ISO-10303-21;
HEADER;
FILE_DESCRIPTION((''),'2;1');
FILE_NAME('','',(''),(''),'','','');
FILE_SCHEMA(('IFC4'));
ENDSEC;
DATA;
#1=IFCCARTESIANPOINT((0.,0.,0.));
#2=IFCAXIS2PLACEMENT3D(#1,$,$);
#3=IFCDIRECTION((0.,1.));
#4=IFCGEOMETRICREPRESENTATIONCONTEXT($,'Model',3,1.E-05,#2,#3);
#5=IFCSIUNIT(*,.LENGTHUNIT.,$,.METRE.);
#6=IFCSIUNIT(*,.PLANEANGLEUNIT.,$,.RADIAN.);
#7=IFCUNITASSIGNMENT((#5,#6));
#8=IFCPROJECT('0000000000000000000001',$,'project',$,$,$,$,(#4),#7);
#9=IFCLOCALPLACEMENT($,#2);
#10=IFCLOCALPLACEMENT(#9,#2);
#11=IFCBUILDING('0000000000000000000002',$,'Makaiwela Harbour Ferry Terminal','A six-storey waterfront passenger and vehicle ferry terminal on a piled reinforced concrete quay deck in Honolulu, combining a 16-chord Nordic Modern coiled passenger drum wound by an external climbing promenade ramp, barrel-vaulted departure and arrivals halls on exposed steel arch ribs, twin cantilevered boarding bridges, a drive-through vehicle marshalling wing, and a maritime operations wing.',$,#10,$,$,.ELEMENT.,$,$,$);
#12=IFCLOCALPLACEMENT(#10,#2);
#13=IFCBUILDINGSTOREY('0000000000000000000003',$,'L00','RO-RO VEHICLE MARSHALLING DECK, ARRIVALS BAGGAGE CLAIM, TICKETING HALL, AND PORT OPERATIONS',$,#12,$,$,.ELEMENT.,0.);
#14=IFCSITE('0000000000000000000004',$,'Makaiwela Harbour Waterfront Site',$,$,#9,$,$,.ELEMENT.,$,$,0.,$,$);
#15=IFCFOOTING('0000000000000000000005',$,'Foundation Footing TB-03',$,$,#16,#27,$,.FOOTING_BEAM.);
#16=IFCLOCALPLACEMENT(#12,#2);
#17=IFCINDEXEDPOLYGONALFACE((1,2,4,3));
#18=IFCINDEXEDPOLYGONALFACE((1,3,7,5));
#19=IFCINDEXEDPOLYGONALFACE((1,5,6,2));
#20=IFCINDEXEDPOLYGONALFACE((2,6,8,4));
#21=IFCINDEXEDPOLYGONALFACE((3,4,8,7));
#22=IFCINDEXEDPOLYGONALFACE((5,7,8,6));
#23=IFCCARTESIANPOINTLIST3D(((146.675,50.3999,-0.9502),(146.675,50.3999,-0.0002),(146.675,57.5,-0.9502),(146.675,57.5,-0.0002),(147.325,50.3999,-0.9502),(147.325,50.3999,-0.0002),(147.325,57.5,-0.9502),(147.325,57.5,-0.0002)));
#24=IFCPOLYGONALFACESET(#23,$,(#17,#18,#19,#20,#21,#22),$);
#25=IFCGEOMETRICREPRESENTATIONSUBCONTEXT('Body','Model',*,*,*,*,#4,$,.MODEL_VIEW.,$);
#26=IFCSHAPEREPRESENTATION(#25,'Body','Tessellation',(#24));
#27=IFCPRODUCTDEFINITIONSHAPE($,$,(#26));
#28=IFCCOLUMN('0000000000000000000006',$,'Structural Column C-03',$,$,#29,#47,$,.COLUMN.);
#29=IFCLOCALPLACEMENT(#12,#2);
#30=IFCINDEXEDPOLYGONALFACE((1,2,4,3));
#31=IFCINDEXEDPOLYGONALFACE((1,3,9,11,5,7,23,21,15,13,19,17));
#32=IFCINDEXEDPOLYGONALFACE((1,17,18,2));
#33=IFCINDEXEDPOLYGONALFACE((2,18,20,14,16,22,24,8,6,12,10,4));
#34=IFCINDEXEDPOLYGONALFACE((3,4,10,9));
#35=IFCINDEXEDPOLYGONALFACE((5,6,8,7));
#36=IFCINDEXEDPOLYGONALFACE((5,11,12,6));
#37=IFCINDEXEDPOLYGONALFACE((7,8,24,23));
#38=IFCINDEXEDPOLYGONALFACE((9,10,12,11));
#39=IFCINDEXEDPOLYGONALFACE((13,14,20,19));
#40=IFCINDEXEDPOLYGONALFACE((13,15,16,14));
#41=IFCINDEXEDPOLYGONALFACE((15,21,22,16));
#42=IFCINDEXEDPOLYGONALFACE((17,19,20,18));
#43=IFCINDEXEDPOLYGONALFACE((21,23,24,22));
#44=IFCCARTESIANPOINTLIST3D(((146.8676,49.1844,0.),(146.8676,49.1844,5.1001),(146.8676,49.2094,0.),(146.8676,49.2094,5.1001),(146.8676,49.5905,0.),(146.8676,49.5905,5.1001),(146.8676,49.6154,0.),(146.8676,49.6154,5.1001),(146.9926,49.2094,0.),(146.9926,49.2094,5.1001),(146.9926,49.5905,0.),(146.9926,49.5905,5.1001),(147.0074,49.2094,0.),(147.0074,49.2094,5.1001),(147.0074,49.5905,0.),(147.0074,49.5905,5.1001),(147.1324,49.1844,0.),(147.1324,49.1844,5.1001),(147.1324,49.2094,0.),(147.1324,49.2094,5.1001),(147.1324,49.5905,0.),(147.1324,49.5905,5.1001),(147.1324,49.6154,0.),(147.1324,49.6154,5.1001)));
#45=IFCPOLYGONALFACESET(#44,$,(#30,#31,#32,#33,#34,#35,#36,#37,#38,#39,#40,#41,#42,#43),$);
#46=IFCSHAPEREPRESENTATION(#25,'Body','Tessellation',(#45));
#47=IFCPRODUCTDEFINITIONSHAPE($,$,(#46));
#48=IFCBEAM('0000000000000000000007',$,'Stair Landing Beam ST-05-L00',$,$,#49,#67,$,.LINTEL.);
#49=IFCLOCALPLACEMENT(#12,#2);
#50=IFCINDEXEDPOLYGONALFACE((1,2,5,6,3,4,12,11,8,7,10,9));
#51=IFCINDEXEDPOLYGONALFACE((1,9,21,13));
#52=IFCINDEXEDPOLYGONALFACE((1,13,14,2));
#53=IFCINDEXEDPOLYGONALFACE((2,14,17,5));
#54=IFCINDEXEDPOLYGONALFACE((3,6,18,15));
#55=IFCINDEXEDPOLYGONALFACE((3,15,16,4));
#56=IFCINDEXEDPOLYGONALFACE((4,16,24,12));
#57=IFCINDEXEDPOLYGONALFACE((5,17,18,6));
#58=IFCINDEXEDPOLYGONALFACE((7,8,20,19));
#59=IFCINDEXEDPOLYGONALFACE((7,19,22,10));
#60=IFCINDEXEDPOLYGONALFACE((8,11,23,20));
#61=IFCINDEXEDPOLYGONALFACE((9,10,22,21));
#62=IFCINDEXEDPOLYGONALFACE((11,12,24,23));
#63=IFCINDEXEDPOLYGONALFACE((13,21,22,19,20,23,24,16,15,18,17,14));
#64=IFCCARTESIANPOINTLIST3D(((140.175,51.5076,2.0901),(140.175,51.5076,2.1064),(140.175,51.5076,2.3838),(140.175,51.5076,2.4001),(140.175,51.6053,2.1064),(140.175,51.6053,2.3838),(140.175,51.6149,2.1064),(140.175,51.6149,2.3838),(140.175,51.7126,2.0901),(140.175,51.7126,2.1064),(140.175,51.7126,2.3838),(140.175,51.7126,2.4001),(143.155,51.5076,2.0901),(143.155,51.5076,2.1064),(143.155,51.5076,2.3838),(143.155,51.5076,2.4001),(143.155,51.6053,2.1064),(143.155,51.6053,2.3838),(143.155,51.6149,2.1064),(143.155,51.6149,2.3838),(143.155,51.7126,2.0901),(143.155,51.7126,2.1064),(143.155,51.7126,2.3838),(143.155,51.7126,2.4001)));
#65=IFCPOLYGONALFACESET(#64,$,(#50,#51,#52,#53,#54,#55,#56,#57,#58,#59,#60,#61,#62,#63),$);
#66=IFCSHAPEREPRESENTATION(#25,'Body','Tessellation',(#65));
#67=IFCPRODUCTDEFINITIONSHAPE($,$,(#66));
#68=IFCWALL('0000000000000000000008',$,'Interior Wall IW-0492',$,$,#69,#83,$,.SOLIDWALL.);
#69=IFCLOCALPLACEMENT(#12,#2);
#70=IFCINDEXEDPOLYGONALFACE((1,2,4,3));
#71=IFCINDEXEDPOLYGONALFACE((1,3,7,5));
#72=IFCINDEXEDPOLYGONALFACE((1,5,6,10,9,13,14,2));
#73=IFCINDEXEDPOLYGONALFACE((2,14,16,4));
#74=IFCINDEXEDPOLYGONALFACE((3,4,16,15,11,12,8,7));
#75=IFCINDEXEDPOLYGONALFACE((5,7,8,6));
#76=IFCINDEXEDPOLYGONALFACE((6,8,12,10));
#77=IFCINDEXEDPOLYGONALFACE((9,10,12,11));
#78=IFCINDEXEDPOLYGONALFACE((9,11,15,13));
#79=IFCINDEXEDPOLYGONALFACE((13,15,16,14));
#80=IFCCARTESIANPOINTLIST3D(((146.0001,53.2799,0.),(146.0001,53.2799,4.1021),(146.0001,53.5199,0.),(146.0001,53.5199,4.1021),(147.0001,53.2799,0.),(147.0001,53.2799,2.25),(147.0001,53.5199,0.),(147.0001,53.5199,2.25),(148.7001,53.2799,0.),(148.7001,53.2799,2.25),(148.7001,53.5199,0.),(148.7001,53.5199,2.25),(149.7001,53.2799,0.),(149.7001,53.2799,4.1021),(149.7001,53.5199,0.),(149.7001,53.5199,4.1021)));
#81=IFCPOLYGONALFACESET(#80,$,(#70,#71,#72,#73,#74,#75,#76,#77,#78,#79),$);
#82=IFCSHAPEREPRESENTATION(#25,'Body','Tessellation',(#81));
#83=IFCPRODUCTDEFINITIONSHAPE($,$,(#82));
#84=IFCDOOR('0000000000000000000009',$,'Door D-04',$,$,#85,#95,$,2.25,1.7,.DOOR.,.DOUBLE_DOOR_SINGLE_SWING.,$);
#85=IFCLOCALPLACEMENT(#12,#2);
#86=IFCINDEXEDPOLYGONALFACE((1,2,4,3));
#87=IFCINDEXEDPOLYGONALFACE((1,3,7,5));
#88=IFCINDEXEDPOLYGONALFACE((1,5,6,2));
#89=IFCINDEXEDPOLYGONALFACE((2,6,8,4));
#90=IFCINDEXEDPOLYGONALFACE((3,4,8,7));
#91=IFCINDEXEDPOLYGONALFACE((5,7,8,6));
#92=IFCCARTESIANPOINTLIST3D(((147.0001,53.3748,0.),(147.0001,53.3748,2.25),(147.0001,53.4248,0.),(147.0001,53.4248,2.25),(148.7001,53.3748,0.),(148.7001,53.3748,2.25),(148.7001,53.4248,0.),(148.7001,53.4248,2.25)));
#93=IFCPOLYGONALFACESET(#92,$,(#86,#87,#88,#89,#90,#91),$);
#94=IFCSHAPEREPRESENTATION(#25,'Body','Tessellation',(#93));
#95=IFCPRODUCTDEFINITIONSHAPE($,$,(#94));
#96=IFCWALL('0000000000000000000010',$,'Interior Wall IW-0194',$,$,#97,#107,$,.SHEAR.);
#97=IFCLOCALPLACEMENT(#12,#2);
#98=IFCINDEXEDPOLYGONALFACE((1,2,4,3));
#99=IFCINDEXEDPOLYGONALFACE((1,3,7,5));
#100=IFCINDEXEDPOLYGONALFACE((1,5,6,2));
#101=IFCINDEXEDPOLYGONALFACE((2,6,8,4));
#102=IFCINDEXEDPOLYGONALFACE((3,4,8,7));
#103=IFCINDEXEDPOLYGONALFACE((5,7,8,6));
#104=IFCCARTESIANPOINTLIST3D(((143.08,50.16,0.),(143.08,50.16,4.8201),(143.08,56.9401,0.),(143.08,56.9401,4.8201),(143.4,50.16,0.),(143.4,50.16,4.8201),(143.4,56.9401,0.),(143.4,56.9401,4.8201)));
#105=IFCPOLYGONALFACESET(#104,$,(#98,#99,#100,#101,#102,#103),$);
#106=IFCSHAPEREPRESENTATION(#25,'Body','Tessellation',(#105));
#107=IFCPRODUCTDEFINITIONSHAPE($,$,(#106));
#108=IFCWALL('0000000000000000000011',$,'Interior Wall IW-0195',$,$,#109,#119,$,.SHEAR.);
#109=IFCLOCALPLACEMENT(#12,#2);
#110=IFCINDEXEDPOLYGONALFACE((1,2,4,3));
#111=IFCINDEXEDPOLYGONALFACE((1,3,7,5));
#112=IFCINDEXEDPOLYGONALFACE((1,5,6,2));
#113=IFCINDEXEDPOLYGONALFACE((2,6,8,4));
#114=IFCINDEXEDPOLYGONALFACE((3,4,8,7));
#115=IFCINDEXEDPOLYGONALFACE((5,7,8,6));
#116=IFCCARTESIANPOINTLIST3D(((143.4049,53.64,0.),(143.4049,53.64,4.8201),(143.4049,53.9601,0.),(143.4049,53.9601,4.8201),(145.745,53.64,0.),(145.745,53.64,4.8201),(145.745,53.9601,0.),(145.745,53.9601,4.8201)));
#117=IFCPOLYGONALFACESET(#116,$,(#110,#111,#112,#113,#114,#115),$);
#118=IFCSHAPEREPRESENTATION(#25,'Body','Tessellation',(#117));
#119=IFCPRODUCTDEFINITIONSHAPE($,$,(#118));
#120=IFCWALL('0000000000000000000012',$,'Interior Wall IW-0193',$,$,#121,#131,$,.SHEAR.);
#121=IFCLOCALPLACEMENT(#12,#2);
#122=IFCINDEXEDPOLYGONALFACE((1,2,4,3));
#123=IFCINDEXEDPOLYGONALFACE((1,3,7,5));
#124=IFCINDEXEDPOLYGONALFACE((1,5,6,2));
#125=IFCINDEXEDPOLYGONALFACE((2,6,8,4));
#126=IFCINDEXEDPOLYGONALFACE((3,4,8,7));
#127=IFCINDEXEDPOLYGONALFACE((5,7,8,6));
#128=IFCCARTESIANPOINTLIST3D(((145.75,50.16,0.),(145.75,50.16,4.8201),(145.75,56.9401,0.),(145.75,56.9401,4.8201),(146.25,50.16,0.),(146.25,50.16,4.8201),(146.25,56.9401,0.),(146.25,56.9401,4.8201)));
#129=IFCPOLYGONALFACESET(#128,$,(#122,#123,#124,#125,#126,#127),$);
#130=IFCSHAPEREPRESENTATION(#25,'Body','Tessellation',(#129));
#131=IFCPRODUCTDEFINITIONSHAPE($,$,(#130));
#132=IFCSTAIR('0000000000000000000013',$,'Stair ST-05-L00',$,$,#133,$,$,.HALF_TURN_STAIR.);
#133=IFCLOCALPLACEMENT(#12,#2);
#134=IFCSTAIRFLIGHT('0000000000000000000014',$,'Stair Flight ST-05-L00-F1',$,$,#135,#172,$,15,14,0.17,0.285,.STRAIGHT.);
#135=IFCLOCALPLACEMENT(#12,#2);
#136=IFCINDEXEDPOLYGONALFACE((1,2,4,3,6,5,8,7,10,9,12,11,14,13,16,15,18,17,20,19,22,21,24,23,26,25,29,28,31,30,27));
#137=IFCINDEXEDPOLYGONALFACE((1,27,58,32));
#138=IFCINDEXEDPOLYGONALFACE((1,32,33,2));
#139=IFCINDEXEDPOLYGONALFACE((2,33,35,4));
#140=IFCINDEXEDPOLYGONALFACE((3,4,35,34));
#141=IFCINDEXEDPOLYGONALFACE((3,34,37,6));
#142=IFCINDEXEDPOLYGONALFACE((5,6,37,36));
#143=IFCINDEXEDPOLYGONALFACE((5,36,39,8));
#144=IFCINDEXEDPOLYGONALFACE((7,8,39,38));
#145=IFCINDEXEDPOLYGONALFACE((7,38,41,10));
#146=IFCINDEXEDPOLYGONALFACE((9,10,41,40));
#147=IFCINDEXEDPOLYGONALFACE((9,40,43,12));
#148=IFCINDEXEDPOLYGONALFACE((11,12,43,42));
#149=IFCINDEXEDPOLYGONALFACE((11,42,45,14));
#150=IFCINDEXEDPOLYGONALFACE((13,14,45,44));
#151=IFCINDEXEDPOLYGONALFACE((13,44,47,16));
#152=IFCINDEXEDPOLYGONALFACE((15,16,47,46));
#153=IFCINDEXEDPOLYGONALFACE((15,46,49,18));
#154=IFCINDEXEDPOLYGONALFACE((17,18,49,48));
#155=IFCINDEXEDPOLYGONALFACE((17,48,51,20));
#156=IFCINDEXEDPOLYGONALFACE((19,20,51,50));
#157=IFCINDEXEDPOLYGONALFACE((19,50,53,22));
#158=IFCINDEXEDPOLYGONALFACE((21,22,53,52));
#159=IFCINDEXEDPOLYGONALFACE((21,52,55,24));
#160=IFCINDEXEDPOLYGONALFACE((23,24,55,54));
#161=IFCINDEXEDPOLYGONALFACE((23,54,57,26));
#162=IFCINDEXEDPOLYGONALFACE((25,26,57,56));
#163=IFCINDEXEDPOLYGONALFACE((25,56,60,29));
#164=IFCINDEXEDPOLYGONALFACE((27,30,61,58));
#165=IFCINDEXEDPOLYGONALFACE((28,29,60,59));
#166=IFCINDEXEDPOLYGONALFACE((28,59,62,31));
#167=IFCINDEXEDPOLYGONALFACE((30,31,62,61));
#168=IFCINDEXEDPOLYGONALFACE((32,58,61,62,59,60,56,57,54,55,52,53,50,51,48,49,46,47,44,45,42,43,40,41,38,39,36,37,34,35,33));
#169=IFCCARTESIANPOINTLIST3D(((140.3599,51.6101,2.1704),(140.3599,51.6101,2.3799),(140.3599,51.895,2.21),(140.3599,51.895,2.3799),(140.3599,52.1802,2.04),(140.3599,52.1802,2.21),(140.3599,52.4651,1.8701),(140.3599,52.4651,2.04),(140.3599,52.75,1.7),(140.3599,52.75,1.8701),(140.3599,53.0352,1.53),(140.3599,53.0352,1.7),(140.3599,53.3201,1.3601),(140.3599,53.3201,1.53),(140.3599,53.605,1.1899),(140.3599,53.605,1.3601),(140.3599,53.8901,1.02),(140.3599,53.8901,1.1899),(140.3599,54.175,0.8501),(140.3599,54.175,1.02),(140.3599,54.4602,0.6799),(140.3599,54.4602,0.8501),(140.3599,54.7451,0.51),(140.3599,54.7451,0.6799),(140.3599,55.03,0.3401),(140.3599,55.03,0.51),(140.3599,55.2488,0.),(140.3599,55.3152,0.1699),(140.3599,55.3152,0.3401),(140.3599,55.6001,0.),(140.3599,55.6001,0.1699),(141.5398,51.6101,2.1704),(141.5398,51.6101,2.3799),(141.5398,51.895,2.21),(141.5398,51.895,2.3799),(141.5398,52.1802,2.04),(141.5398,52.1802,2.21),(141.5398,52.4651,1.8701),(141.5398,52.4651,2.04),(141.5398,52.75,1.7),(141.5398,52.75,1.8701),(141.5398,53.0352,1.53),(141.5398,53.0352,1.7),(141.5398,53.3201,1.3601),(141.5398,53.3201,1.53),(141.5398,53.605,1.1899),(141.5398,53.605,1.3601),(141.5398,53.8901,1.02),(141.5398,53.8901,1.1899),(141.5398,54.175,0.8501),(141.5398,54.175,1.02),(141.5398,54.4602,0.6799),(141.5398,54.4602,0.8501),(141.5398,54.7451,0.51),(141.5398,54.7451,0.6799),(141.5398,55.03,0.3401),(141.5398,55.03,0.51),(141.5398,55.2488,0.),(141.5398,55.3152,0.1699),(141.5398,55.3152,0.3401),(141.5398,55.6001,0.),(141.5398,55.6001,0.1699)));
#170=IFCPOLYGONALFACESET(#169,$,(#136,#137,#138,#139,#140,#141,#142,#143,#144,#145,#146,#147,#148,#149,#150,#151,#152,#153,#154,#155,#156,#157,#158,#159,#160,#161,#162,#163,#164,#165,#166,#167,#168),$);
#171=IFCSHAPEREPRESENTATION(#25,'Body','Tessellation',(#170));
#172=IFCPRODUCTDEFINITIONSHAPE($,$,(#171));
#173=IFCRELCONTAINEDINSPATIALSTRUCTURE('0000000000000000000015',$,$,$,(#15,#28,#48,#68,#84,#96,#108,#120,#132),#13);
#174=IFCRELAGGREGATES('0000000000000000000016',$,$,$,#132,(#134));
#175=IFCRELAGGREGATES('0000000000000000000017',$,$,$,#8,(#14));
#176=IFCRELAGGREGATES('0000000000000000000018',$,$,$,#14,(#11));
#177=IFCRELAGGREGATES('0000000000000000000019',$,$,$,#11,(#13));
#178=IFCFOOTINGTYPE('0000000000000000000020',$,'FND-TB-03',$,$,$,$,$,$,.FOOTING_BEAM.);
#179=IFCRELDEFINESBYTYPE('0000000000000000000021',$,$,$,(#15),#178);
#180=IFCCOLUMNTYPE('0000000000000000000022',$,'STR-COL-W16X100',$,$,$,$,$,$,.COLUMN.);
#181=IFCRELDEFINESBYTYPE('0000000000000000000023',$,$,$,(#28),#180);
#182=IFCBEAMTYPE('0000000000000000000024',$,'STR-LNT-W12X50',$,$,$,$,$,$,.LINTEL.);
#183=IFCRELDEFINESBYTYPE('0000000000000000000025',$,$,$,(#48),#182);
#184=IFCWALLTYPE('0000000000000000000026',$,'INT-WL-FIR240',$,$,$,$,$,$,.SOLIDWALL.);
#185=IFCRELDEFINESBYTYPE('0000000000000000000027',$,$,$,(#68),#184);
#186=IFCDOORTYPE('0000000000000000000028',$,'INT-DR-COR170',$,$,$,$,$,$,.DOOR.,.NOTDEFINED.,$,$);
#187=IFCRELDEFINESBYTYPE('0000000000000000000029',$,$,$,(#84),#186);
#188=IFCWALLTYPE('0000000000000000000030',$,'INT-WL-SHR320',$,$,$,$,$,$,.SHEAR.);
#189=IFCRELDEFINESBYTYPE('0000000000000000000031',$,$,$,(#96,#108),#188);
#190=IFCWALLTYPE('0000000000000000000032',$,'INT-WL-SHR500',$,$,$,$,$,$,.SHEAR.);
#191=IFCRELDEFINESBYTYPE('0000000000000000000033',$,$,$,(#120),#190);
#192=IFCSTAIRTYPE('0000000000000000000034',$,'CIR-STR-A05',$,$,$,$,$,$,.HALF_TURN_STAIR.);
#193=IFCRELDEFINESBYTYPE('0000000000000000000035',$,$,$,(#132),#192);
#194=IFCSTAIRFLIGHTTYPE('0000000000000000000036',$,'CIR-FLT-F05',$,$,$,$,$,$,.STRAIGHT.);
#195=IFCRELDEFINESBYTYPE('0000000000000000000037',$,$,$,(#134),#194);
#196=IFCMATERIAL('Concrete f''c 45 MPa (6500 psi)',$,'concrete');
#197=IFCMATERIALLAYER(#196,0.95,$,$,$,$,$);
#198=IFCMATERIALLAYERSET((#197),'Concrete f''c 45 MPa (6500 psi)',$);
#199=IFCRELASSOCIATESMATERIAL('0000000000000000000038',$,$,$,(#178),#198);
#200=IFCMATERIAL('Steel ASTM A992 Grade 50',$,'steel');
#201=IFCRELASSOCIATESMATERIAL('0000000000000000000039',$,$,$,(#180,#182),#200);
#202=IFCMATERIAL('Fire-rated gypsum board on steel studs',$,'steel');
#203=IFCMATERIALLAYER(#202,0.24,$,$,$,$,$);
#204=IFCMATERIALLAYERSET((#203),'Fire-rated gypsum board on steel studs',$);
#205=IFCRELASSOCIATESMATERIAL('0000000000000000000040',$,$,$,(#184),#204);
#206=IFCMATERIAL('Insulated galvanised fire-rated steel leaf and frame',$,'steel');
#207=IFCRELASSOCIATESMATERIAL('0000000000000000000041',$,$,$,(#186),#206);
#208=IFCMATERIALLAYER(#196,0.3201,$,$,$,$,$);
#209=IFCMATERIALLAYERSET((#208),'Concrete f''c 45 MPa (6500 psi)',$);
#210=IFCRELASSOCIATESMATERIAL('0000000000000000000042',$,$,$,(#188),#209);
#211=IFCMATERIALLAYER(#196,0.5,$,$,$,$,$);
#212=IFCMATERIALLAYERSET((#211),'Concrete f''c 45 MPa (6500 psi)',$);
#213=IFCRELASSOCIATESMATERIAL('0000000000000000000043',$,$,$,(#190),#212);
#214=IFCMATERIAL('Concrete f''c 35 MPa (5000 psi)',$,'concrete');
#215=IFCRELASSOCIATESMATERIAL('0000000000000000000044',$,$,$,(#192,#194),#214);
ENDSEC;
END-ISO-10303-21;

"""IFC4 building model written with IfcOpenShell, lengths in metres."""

from ifc_helpers import new_model, si_unit, direction, frame, frame_2d, origin, origin_2d, place, context, subcontext, project, spatial, polyline, rectangle, i_section, outline, extrude, material, layer, layer_set, material_profile, profile_set, type_object, element, fill, aggregate, save


model = new_model("IFC4")

# Units and contexts
model_context = context("Model", 3, precision=1e-05, world=origin(), true_north=direction((0.0, 1.0)))
body_context = subcontext(model_context, "Body", "Model", "MODEL_VIEW")
ifc_project = project(units=[si_unit("LENGTHUNIT", "METRE"), si_unit("PLANEANGLEUNIT", "RADIAN")], contexts=[model_context])

# Site, building, storey
site_placement = place(None, origin())
site = spatial("IfcSite", under=ifc_project, at=site_placement, Name="Makaiwela Harbour Waterfront Site", CompositionType="ELEMENT", RefElevation=0.0)
building_placement = place(site_placement, origin())
building = spatial("IfcBuilding", under=site, at=building_placement, Name="Makaiwela Harbour Ferry Terminal", Description="A six-storey waterfront passenger and vehicle ferry terminal on a piled reinforced concrete quay deck in Honolulu, combining a 16-chord Nordic Modern coiled passenger drum wound by an external climbing promenade ramp, barrel-vaulted departure and arrivals halls on exposed steel arch ribs, twin cantilevered boarding bridges, a drive-through vehicle marshalling wing, and a maritime operations wing.", CompositionType="ELEMENT")
storey_placement = place(building_placement, origin())
storey = spatial("IfcBuildingStorey", under=building, at=storey_placement, Name="L00", Description="RO-RO VEHICLE MARSHALLING DECK, ARRIVALS BAGGAGE CLAIM, TICKETING HALL, AND PORT OPERATIONS", CompositionType="ELEMENT", Elevation=0.0)

# Shared definitions
ifc_material_1 = material(Name="Concrete f'c 45 MPa (6500 psi)", Category="concrete")

# Footing
ifc_layer_1 = layer(ifc_material_1, 0.95)
ifc_layer_set_1 = layer_set([ifc_layer_1], Name="Concrete f'c 45 MPa (6500 psi)")
footing_type_1 = type_object("IfcFootingType", Name="FND-TB-03", PredefinedType="FOOTING_BEAM", material=ifc_layer_set_1)
footing_1_placement = place(storey_placement, frame((147.0, 53.95, -0.9502), z_axis=(0.0, 0.0, 1.0), x_axis=(0.0, 1.0, 0.0)))
element("IfcFooting", 1, at=footing_1_placement, inside=storey, type_object=footing_type_1, Name="Foundation Footing TB-03", PredefinedType="FOOTING_BEAM", context=body_context, shape_type="SweptSolid", body=[
    extrude(rectangle(XDim=7.1001, YDim=0.6499, at=origin_2d()), origin(), (0.0, 0.0, 1.0), 0.95),
])

# Column
ifc_material_2 = material(Name="Steel ASTM A992 Grade 50", Category="steel")
ifc_material_profile_1 = material_profile(ifc_material_2, i_section(OverallWidth=0.2649, OverallDepth=0.4309, WebThickness=0.0149, FlangeThickness=0.0249, at=origin_2d()), Name="W16X100")
ifc_profile_set_1 = profile_set([ifc_material_profile_1], Name="Steel ASTM A992 Grade 50")
column_type = type_object("IfcColumnType", Name="STR-COL-W16X100", PredefinedType="COLUMN", material=ifc_profile_set_1)
column_placement = place(storey_placement, frame((147.0, 49.3999, 0.0), z_axis=(0.0, 0.0, 1.0), x_axis=(1.0, 0.0, 0.0)))
element("IfcColumn", 2, at=column_placement, inside=storey, type_object=column_type, Name="Structural Column C-03", PredefinedType="COLUMN", context=body_context, shape_type="SweptSolid", body=[
    extrude(i_section(OverallWidth=0.2649, OverallDepth=0.4309, WebThickness=0.0149, FlangeThickness=0.0249, at=origin_2d()), origin(), (0.0, 0.0, 1.0), 5.1001),
])

# Beam
ifc_material_profile_2 = material_profile(ifc_material_2, i_section(OverallWidth=0.2051, OverallDepth=0.3101, WebThickness=0.0095, FlangeThickness=0.0164, at=origin_2d()), Name="W12X50")
ifc_profile_set_2 = profile_set([ifc_material_profile_2], Name="Steel ASTM A992 Grade 50")
beam_type = type_object("IfcBeamType", Name="STR-LNT-W12X50", PredefinedType="LINTEL", material=ifc_profile_set_2)
beam_placement = place(storey_placement, frame((140.175, 51.6101, 2.2451), z_axis=(1.0, 0.0, 0.0), x_axis=(0.0, 1.0, 0.0)))
element("IfcBeam", 3, at=beam_placement, inside=storey, type_object=beam_type, Name="Stair Landing Beam ST-05-L00", PredefinedType="LINTEL", context=body_context, shape_type="SweptSolid", body=[
    extrude(i_section(OverallWidth=0.2051, OverallDepth=0.3101, WebThickness=0.0095, FlangeThickness=0.0164, at=origin_2d()), origin(), (0.0, 0.0, 1.0), 2.98),
])

# Wall, opening, door
ifc_material_3 = material(Name="Fire-rated gypsum board on steel studs", Category="steel")
ifc_layer_2 = layer(ifc_material_3, 0.24)
ifc_layer_set_2 = layer_set([ifc_layer_2], Name="Fire-rated gypsum board on steel studs")
wall_type_1 = type_object("IfcWallType", Name="INT-WL-FIR240", PredefinedType="SOLIDWALL", material=ifc_layer_set_2)
wall_1_placement = place(storey_placement, frame((146.0, 53.3999, 0.0), z_axis=(0.0, 0.0, 1.0), x_axis=(1.0, 0.0, 0.0)))
wall_1 = element("IfcWall", 4, at=wall_1_placement, inside=storey, type_object=wall_type_1, Name="Interior Wall IW-0492", PredefinedType="SOLIDWALL", context=body_context, shape_type="SweptSolid", body=[
    extrude(rectangle(XDim=3.7, YDim=0.24, at=frame_2d((1.8501, 0.0))), origin(), (0.0, 0.0, 1.0), 4.1021),
])
opening_placement = place(wall_1_placement, frame((1.0, 0.0, 0.0)))
opening = element("IfcOpeningElement", 5, at=opening_placement, cuts=wall_1, PredefinedType="OPENING", context=body_context, shape_type="SweptSolid", body=[
    extrude(rectangle(XDim=1.7, YDim=2.25, at=frame_2d((0.8501, 1.125))), frame((0.0, 0.1299, 0.0), z_axis=(0.0, -1.0, 0.0), x_axis=(1.0, 0.0, 0.0)), (0.0, 0.0, 1.0), 0.26),
])
ifc_material_4 = material(Name="Insulated galvanised fire-rated steel leaf and frame", Category="steel")
door_type = type_object("IfcDoorType", Name="INT-DR-COR170", OperationType="NOTDEFINED", PredefinedType="DOOR", material=ifc_material_4)
door_placement = place(opening_placement, origin())
door = element("IfcDoor", 6, at=door_placement, inside=storey, type_object=door_type, Name="Door D-04", OperationType="DOUBLE_DOOR_SINGLE_SWING", OverallHeight=2.25, OverallWidth=1.7, PredefinedType="DOOR", context=body_context, shape_type="SweptSolid", body=[
    extrude(rectangle(XDim=1.7, YDim=2.25, at=frame_2d((0.8501, 1.125))), frame((0.0, 0.0249, 0.0), z_axis=(0.0, -1.0, 0.0), x_axis=(1.0, 0.0, 0.0)), (0.0, 0.0, 1.0), 0.05),
])
fill(opening, door)

# Walls
ifc_layer_3 = layer(ifc_material_1, 0.3201)
ifc_layer_set_3 = layer_set([ifc_layer_3], Name="Concrete f'c 45 MPa (6500 psi)")
wall_type_2 = type_object("IfcWallType", Name="INT-WL-SHR320", PredefinedType="SHEAR", material=ifc_layer_set_3)
wall_2_placement = place(storey_placement, frame((143.24, 50.1599, 0.0), z_axis=(0.0, 0.0, 1.0), x_axis=(0.0, 1.0, 0.0)))
element("IfcWall", 7, at=wall_2_placement, inside=storey, type_object=wall_type_2, Name="Interior Wall IW-0194", PredefinedType="SHEAR", context=body_context, shape_type="SweptSolid", body=[
    extrude(rectangle(XDim=6.78, YDim=0.3201, at=frame_2d((3.3901, 0.0))), origin(), (0.0, 0.0, 1.0), 4.8201),
])
wall_3_placement = place(storey_placement, frame((143.405, 53.8, 0.0), z_axis=(0.0, 0.0, 1.0), x_axis=(1.0, 0.0, 0.0)))
element("IfcWall", 8, at=wall_3_placement, inside=storey, type_object=wall_type_2, Name="Interior Wall IW-0195", PredefinedType="SHEAR", context=body_context, shape_type="SweptSolid", body=[
    extrude(rectangle(XDim=2.3401, YDim=0.3201, at=frame_2d((1.1699, 0.0))), origin(), (0.0, 0.0, 1.0), 4.8201),
])
ifc_layer_4 = layer(ifc_material_1, 0.5)
ifc_layer_set_4 = layer_set([ifc_layer_4], Name="Concrete f'c 45 MPa (6500 psi)")
wall_type_3 = type_object("IfcWallType", Name="INT-WL-SHR500", PredefinedType="SHEAR", material=ifc_layer_set_4)
wall_4_placement = place(storey_placement, frame((146.0, 50.1599, 0.0), z_axis=(0.0, 0.0, 1.0), x_axis=(0.0, 1.0, 0.0)))
element("IfcWall", 9, at=wall_4_placement, inside=storey, type_object=wall_type_3, Name="Interior Wall IW-0193", PredefinedType="SHEAR", context=body_context, shape_type="SweptSolid", body=[
    extrude(rectangle(XDim=6.78, YDim=0.5, at=frame_2d((3.3901, 0.0))), origin(), (0.0, 0.0, 1.0), 4.8201),
])

# Stair, stair flight
ifc_material_5 = material(Name="Concrete f'c 35 MPa (5000 psi)", Category="concrete")
stair_type = type_object("IfcStairType", Name="CIR-STR-A05", PredefinedType="HALF_TURN_STAIR", material=ifc_material_5)
stair_placement = place(storey_placement, origin())
stair = element("IfcStair", 10, at=stair_placement, inside=storey, type_object=stair_type, Name="Stair ST-05-L00", PredefinedType="HALF_TURN_STAIR")
stair_flight_type = type_object("IfcStairFlightType", Name="CIR-FLT-F05", PredefinedType="STRAIGHT", material=ifc_material_5)
stair_flight_1_placement = place(storey_placement, frame((140.95, 55.6001, 0.0), z_axis=(0.0, 0.0, 1.0), x_axis=(0.0, -1.0, 0.0)))
stair_flight_1 = element("IfcStairFlight", 11, at=stair_flight_1_placement, type_object=stair_flight_type, Name="Stair Flight ST-05-L00-F1", NumberOfRisers=15, NumberOfTreads=14, PredefinedType="STRAIGHT", RiserHeight=0.17, TreadLength=0.285, context=body_context, shape_type="SweptSolid", body=[
    extrude(outline(polyline([(0.0, 0.0), (0.0, 0.1699), (0.2849, 0.1699), (0.2849, 0.3401), (0.5701, 0.3401), (0.5701, 0.51), (0.855, 0.51), (0.855, 0.6799), (1.1399, 0.6799), (1.1399, 0.8501), (1.425, 0.8501), (1.425, 1.02), (1.71, 1.02), (1.71, 1.1899), (1.9951, 1.1899), (1.9951, 1.3601), (2.28, 1.3601), (2.28, 1.53), (2.5649, 1.53), (2.5649, 1.7), (2.8501, 1.7), (2.8501, 1.8701), (3.135, 1.8701), (3.135, 2.04), (3.4199, 2.04), (3.4199, 2.21), (3.7051, 2.21), (3.7051, 2.3799), (3.99, 2.3799), (3.99, 2.55), (3.99, 2.1704), (0.3513, 0.0), (0.0, 0.0)])), frame((0.0, 0.5898, 0.0), z_axis=(0.0, -1.0, 0.0), x_axis=(1.0, 0.0, 0.0)), (0.0, 0.0, 1.0), 1.1799),
])
aggregate(stair, [stair_flight_1])

save(model, "model.ifc")
